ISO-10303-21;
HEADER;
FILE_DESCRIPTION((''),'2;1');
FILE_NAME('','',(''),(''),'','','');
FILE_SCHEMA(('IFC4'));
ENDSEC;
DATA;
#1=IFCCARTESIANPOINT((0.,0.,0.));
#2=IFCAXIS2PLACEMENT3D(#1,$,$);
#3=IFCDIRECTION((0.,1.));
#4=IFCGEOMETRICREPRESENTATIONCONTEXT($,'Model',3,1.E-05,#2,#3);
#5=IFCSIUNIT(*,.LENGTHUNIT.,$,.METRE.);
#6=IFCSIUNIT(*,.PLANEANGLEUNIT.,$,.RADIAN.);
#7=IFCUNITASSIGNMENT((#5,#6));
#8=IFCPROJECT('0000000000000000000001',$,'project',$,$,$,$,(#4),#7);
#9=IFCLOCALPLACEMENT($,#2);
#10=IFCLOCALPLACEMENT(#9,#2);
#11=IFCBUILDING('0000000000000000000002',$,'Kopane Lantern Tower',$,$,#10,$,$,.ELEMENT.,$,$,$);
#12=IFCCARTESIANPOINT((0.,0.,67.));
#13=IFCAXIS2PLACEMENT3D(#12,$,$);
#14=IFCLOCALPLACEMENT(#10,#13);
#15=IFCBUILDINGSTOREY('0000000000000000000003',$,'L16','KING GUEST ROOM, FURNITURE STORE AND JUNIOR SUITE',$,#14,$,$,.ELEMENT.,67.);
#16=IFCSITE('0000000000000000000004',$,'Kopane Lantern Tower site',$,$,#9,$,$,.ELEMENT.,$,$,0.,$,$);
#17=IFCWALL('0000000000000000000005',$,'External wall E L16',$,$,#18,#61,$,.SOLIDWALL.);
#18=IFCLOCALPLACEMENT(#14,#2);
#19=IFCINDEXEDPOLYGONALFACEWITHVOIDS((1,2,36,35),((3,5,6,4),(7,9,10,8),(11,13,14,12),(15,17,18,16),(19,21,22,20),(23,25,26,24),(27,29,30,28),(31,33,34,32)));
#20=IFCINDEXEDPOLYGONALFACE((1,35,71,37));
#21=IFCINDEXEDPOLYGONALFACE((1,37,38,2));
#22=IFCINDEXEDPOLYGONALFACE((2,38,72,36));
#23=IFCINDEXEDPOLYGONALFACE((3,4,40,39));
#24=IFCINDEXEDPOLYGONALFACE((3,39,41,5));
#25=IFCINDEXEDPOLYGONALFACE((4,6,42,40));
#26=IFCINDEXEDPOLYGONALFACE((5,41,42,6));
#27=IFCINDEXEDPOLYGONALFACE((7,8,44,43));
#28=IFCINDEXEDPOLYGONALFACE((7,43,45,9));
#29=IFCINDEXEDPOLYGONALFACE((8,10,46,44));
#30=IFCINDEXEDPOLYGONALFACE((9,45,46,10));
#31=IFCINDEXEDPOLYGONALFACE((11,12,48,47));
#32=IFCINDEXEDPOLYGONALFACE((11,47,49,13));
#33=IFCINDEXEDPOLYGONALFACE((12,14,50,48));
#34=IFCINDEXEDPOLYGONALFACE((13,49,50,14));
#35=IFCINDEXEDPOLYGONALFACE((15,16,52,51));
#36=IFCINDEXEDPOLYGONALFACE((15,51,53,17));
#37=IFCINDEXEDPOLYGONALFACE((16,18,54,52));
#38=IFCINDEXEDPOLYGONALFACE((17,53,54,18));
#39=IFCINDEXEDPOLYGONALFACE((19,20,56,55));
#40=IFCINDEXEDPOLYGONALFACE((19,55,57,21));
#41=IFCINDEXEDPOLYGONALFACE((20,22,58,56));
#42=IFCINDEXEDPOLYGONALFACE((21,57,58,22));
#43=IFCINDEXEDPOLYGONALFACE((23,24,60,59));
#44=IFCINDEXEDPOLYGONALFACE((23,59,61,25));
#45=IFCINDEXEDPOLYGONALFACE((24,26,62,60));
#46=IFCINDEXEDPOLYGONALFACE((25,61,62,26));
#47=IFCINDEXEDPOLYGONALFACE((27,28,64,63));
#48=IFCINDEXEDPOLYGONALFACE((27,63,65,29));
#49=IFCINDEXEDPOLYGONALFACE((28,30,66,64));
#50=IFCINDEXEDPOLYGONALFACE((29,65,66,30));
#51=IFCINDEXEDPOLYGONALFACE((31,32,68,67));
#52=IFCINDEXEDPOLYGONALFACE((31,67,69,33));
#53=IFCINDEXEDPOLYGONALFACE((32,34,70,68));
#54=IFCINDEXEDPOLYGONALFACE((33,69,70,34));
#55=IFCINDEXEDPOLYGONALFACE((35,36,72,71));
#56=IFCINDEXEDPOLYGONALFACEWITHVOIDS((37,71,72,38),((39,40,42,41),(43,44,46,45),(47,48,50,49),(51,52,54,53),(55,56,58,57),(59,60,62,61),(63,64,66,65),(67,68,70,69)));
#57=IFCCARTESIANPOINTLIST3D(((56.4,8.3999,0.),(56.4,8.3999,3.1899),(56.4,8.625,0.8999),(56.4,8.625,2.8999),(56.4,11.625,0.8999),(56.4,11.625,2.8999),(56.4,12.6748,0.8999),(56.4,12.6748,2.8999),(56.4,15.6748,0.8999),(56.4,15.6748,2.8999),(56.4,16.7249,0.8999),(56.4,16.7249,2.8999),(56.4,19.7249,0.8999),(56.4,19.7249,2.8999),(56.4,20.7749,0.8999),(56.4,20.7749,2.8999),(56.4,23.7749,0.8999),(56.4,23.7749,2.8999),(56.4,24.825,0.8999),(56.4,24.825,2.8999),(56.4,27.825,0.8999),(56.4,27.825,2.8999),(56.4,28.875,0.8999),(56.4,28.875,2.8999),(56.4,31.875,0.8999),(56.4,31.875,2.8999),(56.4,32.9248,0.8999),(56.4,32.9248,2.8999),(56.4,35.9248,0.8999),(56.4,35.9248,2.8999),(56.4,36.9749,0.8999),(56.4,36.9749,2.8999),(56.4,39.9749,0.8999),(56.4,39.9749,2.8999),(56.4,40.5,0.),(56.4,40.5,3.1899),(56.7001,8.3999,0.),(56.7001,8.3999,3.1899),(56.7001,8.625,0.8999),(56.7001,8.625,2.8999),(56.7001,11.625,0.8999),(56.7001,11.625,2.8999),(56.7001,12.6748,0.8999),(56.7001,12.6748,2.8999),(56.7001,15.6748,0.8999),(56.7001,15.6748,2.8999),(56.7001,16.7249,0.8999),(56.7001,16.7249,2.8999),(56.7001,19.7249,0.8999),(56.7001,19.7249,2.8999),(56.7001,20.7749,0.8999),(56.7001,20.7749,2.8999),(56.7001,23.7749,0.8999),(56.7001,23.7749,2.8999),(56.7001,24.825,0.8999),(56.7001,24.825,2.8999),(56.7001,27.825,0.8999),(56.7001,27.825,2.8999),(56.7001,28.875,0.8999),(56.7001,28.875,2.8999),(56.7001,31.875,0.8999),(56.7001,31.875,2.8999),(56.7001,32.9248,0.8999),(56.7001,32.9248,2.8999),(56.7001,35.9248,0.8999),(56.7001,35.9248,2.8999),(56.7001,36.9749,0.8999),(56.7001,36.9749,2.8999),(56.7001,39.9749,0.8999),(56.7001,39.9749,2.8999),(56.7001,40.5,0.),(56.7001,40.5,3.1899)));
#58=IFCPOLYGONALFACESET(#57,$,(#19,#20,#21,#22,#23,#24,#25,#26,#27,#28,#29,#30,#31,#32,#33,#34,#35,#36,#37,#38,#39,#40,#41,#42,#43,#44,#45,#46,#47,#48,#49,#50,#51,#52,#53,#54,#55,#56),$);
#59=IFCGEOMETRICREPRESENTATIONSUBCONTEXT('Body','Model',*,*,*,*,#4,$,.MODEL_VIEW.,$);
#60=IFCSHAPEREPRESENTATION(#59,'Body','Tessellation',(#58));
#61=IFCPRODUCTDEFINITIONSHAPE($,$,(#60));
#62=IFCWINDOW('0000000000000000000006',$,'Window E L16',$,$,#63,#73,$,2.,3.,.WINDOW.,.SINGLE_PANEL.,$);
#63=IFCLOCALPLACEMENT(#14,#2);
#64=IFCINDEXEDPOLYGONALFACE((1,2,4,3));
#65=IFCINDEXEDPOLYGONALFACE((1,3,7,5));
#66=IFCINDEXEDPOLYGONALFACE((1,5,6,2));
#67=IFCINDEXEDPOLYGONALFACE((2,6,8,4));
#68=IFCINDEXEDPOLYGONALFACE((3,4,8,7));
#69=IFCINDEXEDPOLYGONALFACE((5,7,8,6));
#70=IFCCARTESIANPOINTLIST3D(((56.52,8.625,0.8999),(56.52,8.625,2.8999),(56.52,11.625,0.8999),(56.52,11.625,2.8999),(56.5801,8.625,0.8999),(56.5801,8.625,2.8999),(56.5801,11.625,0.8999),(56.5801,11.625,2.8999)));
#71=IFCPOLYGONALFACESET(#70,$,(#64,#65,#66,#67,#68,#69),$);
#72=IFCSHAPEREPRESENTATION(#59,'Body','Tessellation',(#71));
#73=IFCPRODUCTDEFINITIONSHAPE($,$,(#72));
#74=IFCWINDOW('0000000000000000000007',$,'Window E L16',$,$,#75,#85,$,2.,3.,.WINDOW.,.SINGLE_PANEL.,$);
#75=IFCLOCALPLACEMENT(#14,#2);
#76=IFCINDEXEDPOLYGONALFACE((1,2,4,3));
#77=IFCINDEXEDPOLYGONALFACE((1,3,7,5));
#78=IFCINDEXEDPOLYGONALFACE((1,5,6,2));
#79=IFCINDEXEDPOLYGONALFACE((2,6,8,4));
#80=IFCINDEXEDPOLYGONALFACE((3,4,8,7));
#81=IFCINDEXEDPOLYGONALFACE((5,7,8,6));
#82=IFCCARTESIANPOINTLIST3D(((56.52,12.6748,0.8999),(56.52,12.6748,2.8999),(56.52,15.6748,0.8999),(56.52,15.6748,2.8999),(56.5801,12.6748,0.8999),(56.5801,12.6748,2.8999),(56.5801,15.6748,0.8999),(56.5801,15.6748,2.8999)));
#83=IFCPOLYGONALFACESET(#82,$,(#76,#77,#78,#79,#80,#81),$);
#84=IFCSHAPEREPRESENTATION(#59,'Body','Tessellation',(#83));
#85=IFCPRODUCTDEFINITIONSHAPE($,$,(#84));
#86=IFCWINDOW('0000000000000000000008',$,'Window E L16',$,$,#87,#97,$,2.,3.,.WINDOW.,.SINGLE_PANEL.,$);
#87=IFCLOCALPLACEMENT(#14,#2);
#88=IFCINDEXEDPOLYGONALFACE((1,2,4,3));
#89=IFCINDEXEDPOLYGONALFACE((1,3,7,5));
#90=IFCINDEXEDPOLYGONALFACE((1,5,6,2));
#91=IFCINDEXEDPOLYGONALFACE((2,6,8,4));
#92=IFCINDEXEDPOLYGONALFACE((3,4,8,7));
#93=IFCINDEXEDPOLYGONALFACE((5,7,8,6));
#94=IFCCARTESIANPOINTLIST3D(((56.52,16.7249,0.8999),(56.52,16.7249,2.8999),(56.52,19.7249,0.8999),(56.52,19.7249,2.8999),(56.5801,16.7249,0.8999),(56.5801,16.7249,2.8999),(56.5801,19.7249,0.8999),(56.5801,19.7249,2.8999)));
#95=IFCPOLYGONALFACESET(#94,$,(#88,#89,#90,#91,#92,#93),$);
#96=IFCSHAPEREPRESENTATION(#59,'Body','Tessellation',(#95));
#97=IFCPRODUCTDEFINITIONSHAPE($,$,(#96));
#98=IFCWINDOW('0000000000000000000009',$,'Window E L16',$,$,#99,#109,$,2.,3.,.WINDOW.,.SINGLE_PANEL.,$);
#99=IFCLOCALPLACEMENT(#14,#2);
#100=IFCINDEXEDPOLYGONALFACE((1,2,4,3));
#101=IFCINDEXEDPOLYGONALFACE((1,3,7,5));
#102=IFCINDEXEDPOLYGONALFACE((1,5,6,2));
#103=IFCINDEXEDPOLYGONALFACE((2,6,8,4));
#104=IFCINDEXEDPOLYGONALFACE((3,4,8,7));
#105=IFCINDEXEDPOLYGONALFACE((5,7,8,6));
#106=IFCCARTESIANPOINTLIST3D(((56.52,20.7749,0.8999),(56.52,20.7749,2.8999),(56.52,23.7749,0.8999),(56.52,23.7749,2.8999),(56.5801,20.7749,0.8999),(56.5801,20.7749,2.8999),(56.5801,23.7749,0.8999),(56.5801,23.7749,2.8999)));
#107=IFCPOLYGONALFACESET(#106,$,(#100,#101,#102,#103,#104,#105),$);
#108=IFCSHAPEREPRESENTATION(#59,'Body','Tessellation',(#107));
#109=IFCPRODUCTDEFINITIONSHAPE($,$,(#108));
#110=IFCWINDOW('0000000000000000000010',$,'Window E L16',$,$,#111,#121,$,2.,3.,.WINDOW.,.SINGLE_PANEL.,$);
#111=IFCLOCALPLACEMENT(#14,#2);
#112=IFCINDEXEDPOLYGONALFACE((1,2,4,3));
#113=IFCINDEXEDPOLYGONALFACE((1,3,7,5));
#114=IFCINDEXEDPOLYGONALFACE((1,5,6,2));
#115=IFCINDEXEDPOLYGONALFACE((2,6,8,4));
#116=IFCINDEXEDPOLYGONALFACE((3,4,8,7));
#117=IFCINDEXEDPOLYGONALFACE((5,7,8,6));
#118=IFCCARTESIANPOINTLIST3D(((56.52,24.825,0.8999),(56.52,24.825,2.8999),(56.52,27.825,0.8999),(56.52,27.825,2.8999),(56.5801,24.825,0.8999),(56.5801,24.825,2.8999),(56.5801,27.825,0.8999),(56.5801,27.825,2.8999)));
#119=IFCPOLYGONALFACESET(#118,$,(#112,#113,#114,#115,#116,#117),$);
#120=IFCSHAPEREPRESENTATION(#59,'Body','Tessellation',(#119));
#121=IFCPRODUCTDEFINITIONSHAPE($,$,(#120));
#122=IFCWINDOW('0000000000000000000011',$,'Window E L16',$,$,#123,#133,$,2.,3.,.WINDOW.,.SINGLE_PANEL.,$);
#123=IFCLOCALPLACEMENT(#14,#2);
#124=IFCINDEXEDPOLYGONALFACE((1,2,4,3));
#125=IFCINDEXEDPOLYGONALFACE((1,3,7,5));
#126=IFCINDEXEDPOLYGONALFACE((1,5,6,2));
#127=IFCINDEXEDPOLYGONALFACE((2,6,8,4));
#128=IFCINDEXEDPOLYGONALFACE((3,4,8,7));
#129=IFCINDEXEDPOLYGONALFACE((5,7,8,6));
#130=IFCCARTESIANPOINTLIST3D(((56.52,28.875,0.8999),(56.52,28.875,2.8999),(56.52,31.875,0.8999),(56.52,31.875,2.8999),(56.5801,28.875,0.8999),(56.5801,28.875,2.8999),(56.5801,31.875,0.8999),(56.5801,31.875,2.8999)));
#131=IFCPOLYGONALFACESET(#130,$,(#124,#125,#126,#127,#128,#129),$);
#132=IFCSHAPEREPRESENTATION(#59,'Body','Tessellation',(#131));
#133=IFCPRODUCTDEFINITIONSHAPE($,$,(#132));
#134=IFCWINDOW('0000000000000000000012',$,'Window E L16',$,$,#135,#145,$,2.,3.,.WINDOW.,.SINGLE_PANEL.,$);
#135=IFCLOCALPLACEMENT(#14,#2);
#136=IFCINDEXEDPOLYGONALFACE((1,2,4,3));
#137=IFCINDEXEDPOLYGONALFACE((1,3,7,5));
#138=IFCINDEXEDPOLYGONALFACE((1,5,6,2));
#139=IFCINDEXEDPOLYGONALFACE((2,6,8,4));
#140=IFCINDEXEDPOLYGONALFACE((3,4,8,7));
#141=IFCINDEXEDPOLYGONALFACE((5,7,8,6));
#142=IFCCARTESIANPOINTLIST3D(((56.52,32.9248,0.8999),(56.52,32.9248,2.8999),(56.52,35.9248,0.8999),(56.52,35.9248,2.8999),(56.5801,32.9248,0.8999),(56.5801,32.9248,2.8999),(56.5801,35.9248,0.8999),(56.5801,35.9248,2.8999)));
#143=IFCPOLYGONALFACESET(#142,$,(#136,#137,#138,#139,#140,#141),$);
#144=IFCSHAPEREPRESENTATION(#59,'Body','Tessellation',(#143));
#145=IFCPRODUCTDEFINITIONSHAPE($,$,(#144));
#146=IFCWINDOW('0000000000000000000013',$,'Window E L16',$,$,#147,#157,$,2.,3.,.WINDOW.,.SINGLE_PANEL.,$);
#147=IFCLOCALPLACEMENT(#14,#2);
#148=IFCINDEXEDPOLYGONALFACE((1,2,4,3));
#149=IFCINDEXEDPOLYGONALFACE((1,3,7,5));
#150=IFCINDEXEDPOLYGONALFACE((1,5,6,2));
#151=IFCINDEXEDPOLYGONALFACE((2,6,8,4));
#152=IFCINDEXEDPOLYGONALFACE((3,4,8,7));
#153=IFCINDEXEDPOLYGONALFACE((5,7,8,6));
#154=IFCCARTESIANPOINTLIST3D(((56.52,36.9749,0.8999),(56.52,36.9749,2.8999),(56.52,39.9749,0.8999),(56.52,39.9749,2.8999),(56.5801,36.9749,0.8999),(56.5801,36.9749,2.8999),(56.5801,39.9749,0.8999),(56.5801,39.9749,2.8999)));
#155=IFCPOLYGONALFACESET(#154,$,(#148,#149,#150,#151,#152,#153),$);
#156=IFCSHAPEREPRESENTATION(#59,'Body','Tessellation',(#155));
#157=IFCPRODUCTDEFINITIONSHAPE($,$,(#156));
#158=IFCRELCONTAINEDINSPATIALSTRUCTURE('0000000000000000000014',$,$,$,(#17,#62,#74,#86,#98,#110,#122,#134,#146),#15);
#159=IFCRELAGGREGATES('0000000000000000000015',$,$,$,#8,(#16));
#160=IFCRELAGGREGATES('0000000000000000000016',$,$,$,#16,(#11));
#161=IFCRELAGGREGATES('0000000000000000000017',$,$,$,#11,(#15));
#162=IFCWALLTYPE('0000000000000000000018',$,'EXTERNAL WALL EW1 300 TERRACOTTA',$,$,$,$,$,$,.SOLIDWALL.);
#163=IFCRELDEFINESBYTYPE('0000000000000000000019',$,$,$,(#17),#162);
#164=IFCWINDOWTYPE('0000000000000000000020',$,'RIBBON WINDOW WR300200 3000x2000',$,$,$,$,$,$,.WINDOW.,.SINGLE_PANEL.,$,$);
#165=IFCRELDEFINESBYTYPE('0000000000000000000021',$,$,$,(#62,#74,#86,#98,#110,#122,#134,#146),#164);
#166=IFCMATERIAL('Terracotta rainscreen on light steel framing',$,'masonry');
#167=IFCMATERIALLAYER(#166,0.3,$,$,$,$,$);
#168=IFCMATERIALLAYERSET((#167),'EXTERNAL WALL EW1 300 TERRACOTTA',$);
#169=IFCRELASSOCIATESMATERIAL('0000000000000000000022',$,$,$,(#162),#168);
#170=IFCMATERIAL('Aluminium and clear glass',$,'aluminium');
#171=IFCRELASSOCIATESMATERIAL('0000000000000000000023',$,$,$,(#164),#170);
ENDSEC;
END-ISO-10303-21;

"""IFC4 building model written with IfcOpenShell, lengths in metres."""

from ifc_helpers import new_model, si_unit, direction, frame, frame_2d, origin, place, context, subcontext, project, spatial, rectangle, extrude, material, layer, layer_set, type_object, element, fill, save


model = new_model("IFC4")

# Units and contexts
model_context = context("Model", 3, precision=1e-05, world=origin(), true_north=direction((0.0, 1.0)))
body_context = subcontext(model_context, "Body", "Model", "MODEL_VIEW")
ifc_project = project(units=[si_unit("LENGTHUNIT", "METRE"), si_unit("PLANEANGLEUNIT", "RADIAN")], contexts=[model_context])

# Site, building, storey
site_placement = place(None, origin())
site = spatial("IfcSite", under=ifc_project, at=site_placement, Name="Kopane Lantern Tower site", CompositionType="ELEMENT", RefElevation=0.0)
building_placement = place(site_placement, origin())
building = spatial("IfcBuilding", under=site, at=building_placement, Name="Kopane Lantern Tower", CompositionType="ELEMENT")
storey_placement = place(building_placement, frame((0.0, 0.0, 67.0)))
storey = spatial("IfcBuildingStorey", under=building, at=storey_placement, Name="L16", Description="KING GUEST ROOM, FURNITURE STORE AND JUNIOR SUITE", CompositionType="ELEMENT", Elevation=67.0)

# Shared definitions
ifc_material_1 = material(Name="Terracotta rainscreen on light steel framing", Category="masonry")
ifc_layer = layer(ifc_material_1, 0.3)
ifc_layer_set = layer_set([ifc_layer], Name="EXTERNAL WALL EW1 300 TERRACOTTA")
wall_type = type_object("IfcWallType", Name="EXTERNAL WALL EW1 300 TERRACOTTA", PredefinedType="SOLIDWALL", material=ifc_layer_set)

# Wall, openings, windows
wall_1_placement = place(storey_placement, frame((56.55, 8.3999, 0.0), z_axis=(0.0, 0.0, 1.0), x_axis=(0.0, 1.0, 0.0)))
wall_1 = element("IfcWall", 1, at=wall_1_placement, inside=storey, type_object=wall_type, Name="External wall E L16", PredefinedType="SOLIDWALL", context=body_context, shape_type="SweptSolid", body=[
    extrude(rectangle(XDim=32.1001, YDim=0.3, at=frame_2d((16.05, 0.0))), origin(), (0.0, 0.0, 1.0), 3.1899),
])
opening_1_placement = place(wall_1_placement, frame((0.2251, 0.0, 0.8999)))
opening_1 = element("IfcOpeningElement", 2, at=opening_1_placement, cuts=wall_1, PredefinedType="OPENING", context=body_context, shape_type="SweptSolid", body=[
    extrude(rectangle(XDim=3.0, YDim=2.0, at=frame_2d((1.5, 1.0))), frame((0.0, 0.1599, 0.0), z_axis=(0.0, -1.0, 0.0), x_axis=(1.0, 0.0, 0.0)), (0.0, 0.0, 1.0), 0.3201),
])
opening_2_placement = place(wall_1_placement, frame((4.2749, 0.0, 0.8999)))
opening_2 = element("IfcOpeningElement", 3, at=opening_2_placement, cuts=wall_1, PredefinedType="OPENING", context=body_context, shape_type="SweptSolid", body=[
    extrude(rectangle(XDim=3.0, YDim=2.0, at=frame_2d((1.5, 1.0))), frame((0.0, 0.1599, 0.0), z_axis=(0.0, -1.0, 0.0), x_axis=(1.0, 0.0, 0.0)), (0.0, 0.0, 1.0), 0.3201),
])
opening_3_placement = place(wall_1_placement, frame((8.325, 0.0, 0.8999)))
opening_3 = element("IfcOpeningElement", 4, at=opening_3_placement, cuts=wall_1, PredefinedType="OPENING", context=body_context, shape_type="SweptSolid", body=[
    extrude(rectangle(XDim=3.0, YDim=2.0, at=frame_2d((1.5, 1.0))), frame((0.0, 0.1599, 0.0), z_axis=(0.0, -1.0, 0.0), x_axis=(1.0, 0.0, 0.0)), (0.0, 0.0, 1.0), 0.3201),
])
opening_4_placement = place(wall_1_placement, frame((12.375, 0.0, 0.8999)))
opening_4 = element("IfcOpeningElement", 5, at=opening_4_placement, cuts=wall_1, PredefinedType="OPENING", context=body_context, shape_type="SweptSolid", body=[
    extrude(rectangle(XDim=3.0, YDim=2.0, at=frame_2d((1.5, 1.0))), frame((0.0, 0.1599, 0.0), z_axis=(0.0, -1.0, 0.0), x_axis=(1.0, 0.0, 0.0)), (0.0, 0.0, 1.0), 0.3201),
])
opening_5_placement = place(wall_1_placement, frame((16.425, 0.0, 0.8999)))
opening_5 = element("IfcOpeningElement", 6, at=opening_5_placement, cuts=wall_1, PredefinedType="OPENING", context=body_context, shape_type="SweptSolid", body=[
    extrude(rectangle(XDim=3.0, YDim=2.0, at=frame_2d((1.5, 1.0))), frame((0.0, 0.1599, 0.0), z_axis=(0.0, -1.0, 0.0), x_axis=(1.0, 0.0, 0.0)), (0.0, 0.0, 1.0), 0.3201),
])
opening_6_placement = place(wall_1_placement, frame((20.4751, 0.0, 0.8999)))
opening_6 = element("IfcOpeningElement", 7, at=opening_6_placement, cuts=wall_1, PredefinedType="OPENING", context=body_context, shape_type="SweptSolid", body=[
    extrude(rectangle(XDim=3.0, YDim=2.0, at=frame_2d((1.5, 1.0))), frame((0.0, 0.1599, 0.0), z_axis=(0.0, -1.0, 0.0), x_axis=(1.0, 0.0, 0.0)), (0.0, 0.0, 1.0), 0.3201),
])
opening_7_placement = place(wall_1_placement, frame((24.5249, 0.0, 0.8999)))
opening_7 = element("IfcOpeningElement", 8, at=opening_7_placement, cuts=wall_1, PredefinedType="OPENING", context=body_context, shape_type="SweptSolid", body=[
    extrude(rectangle(XDim=3.0, YDim=2.0, at=frame_2d((1.5, 1.0))), frame((0.0, 0.1599, 0.0), z_axis=(0.0, -1.0, 0.0), x_axis=(1.0, 0.0, 0.0)), (0.0, 0.0, 1.0), 0.3201),
])
opening_8_placement = place(wall_1_placement, frame((28.575, 0.0, 0.8999)))
opening_8 = element("IfcOpeningElement", 9, at=opening_8_placement, cuts=wall_1, PredefinedType="OPENING", context=body_context, shape_type="SweptSolid", body=[
    extrude(rectangle(XDim=3.0, YDim=2.0, at=frame_2d((1.5, 1.0))), frame((0.0, 0.1599, 0.0), z_axis=(0.0, -1.0, 0.0), x_axis=(1.0, 0.0, 0.0)), (0.0, 0.0, 1.0), 0.3201),
])
ifc_material_2 = material(Name="Aluminium and clear glass", Category="aluminium")
window_type_1 = type_object("IfcWindowType", Name="RIBBON WINDOW WR300200 3000x2000", PartitioningType="SINGLE_PANEL", PredefinedType="WINDOW", material=ifc_material_2)
window_1_placement = place(opening_1_placement, origin())
window_1 = element("IfcWindow", 10, at=window_1_placement, inside=storey, type_object=window_type_1, Name="Window E L16", OverallHeight=2.0, OverallWidth=3.0, PartitioningType="SINGLE_PANEL", PredefinedType="WINDOW", context=body_context, shape_type="SweptSolid", body=[
    extrude(rectangle(XDim=3.0, YDim=2.0, at=frame_2d((1.5, 1.0))), frame((0.0, 0.03, 0.0), z_axis=(0.0, -1.0, 0.0), x_axis=(1.0, 0.0, 0.0)), (0.0, 0.0, 1.0), 0.0601),
])
fill(opening_1, window_1)
window_2_placement = place(opening_2_placement, origin())
window_2 = element("IfcWindow", 11, at=window_2_placement, inside=storey, type_object=window_type_1, Name="Window E L16", OverallHeight=2.0, OverallWidth=3.0, PartitioningType="SINGLE_PANEL", PredefinedType="WINDOW", context=body_context, shape_type="SweptSolid", body=[
    extrude(rectangle(XDim=3.0, YDim=2.0, at=frame_2d((1.5, 1.0))), frame((0.0, 0.03, 0.0), z_axis=(0.0, -1.0, 0.0), x_axis=(1.0, 0.0, 0.0)), (0.0, 0.0, 1.0), 0.0601),
])
fill(opening_2, window_2)
window_3_placement = place(opening_3_placement, origin())
window_3 = element("IfcWindow", 12, at=window_3_placement, inside=storey, type_object=window_type_1, Name="Window E L16", OverallHeight=2.0, OverallWidth=3.0, PartitioningType="SINGLE_PANEL", PredefinedType="WINDOW", context=body_context, shape_type="SweptSolid", body=[
    extrude(rectangle(XDim=3.0, YDim=2.0, at=frame_2d((1.5, 1.0))), frame((0.0, 0.03, 0.0), z_axis=(0.0, -1.0, 0.0), x_axis=(1.0, 0.0, 0.0)), (0.0, 0.0, 1.0), 0.0601),
])
fill(opening_3, window_3)
window_4_placement = place(opening_4_placement, origin())
window_4 = element("IfcWindow", 13, at=window_4_placement, inside=storey, type_object=window_type_1, Name="Window E L16", OverallHeight=2.0, OverallWidth=3.0, PartitioningType="SINGLE_PANEL", PredefinedType="WINDOW", context=body_context, shape_type="SweptSolid", body=[
    extrude(rectangle(XDim=3.0, YDim=2.0, at=frame_2d((1.5, 1.0))), frame((0.0, 0.03, 0.0), z_axis=(0.0, -1.0, 0.0), x_axis=(1.0, 0.0, 0.0)), (0.0, 0.0, 1.0), 0.0601),
])
fill(opening_4, window_4)
window_5_placement = place(opening_5_placement, origin())
window_5 = element("IfcWindow", 14, at=window_5_placement, inside=storey, type_object=window_type_1, Name="Window E L16", OverallHeight=2.0, OverallWidth=3.0, PartitioningType="SINGLE_PANEL", PredefinedType="WINDOW", context=body_context, shape_type="SweptSolid", body=[
    extrude(rectangle(XDim=3.0, YDim=2.0, at=frame_2d((1.5, 1.0))), frame((0.0, 0.03, 0.0), z_axis=(0.0, -1.0, 0.0), x_axis=(1.0, 0.0, 0.0)), (0.0, 0.0, 1.0), 0.0601),
])
fill(opening_5, window_5)
window_6_placement = place(opening_6_placement, origin())
window_6 = element("IfcWindow", 15, at=window_6_placement, inside=storey, type_object=window_type_1, Name="Window E L16", OverallHeight=2.0, OverallWidth=3.0, PartitioningType="SINGLE_PANEL", PredefinedType="WINDOW", context=body_context, shape_type="SweptSolid", body=[
    extrude(rectangle(XDim=3.0, YDim=2.0, at=frame_2d((1.5, 1.0))), frame((0.0, 0.03, 0.0), z_axis=(0.0, -1.0, 0.0), x_axis=(1.0, 0.0, 0.0)), (0.0, 0.0, 1.0), 0.0601),
])
fill(opening_6, window_6)
window_7_placement = place(opening_7_placement, origin())
window_7 = element("IfcWindow", 16, at=window_7_placement, inside=storey, type_object=window_type_1, Name="Window E L16", OverallHeight=2.0, OverallWidth=3.0, PartitioningType="SINGLE_PANEL", PredefinedType="WINDOW", context=body_context, shape_type="SweptSolid", body=[
    extrude(rectangle(XDim=3.0, YDim=2.0, at=frame_2d((1.5, 1.0))), frame((0.0, 0.03, 0.0), z_axis=(0.0, -1.0, 0.0), x_axis=(1.0, 0.0, 0.0)), (0.0, 0.0, 1.0), 0.0601),
])
fill(opening_7, window_7)
window_8_placement = place(opening_8_placement, origin())
window_8 = element("IfcWindow", 17, at=window_8_placement, inside=storey, type_object=window_type_1, Name="Window E L16", OverallHeight=2.0, OverallWidth=3.0, PartitioningType="SINGLE_PANEL", PredefinedType="WINDOW", context=body_context, shape_type="SweptSolid", body=[
    extrude(rectangle(XDim=3.0, YDim=2.0, at=frame_2d((1.5, 1.0))), frame((0.0, 0.03, 0.0), z_axis=(0.0, -1.0, 0.0), x_axis=(1.0, 0.0, 0.0)), (0.0, 0.0, 1.0), 0.0601),
])
fill(opening_8, window_8)

save(model, "model.ifc")
